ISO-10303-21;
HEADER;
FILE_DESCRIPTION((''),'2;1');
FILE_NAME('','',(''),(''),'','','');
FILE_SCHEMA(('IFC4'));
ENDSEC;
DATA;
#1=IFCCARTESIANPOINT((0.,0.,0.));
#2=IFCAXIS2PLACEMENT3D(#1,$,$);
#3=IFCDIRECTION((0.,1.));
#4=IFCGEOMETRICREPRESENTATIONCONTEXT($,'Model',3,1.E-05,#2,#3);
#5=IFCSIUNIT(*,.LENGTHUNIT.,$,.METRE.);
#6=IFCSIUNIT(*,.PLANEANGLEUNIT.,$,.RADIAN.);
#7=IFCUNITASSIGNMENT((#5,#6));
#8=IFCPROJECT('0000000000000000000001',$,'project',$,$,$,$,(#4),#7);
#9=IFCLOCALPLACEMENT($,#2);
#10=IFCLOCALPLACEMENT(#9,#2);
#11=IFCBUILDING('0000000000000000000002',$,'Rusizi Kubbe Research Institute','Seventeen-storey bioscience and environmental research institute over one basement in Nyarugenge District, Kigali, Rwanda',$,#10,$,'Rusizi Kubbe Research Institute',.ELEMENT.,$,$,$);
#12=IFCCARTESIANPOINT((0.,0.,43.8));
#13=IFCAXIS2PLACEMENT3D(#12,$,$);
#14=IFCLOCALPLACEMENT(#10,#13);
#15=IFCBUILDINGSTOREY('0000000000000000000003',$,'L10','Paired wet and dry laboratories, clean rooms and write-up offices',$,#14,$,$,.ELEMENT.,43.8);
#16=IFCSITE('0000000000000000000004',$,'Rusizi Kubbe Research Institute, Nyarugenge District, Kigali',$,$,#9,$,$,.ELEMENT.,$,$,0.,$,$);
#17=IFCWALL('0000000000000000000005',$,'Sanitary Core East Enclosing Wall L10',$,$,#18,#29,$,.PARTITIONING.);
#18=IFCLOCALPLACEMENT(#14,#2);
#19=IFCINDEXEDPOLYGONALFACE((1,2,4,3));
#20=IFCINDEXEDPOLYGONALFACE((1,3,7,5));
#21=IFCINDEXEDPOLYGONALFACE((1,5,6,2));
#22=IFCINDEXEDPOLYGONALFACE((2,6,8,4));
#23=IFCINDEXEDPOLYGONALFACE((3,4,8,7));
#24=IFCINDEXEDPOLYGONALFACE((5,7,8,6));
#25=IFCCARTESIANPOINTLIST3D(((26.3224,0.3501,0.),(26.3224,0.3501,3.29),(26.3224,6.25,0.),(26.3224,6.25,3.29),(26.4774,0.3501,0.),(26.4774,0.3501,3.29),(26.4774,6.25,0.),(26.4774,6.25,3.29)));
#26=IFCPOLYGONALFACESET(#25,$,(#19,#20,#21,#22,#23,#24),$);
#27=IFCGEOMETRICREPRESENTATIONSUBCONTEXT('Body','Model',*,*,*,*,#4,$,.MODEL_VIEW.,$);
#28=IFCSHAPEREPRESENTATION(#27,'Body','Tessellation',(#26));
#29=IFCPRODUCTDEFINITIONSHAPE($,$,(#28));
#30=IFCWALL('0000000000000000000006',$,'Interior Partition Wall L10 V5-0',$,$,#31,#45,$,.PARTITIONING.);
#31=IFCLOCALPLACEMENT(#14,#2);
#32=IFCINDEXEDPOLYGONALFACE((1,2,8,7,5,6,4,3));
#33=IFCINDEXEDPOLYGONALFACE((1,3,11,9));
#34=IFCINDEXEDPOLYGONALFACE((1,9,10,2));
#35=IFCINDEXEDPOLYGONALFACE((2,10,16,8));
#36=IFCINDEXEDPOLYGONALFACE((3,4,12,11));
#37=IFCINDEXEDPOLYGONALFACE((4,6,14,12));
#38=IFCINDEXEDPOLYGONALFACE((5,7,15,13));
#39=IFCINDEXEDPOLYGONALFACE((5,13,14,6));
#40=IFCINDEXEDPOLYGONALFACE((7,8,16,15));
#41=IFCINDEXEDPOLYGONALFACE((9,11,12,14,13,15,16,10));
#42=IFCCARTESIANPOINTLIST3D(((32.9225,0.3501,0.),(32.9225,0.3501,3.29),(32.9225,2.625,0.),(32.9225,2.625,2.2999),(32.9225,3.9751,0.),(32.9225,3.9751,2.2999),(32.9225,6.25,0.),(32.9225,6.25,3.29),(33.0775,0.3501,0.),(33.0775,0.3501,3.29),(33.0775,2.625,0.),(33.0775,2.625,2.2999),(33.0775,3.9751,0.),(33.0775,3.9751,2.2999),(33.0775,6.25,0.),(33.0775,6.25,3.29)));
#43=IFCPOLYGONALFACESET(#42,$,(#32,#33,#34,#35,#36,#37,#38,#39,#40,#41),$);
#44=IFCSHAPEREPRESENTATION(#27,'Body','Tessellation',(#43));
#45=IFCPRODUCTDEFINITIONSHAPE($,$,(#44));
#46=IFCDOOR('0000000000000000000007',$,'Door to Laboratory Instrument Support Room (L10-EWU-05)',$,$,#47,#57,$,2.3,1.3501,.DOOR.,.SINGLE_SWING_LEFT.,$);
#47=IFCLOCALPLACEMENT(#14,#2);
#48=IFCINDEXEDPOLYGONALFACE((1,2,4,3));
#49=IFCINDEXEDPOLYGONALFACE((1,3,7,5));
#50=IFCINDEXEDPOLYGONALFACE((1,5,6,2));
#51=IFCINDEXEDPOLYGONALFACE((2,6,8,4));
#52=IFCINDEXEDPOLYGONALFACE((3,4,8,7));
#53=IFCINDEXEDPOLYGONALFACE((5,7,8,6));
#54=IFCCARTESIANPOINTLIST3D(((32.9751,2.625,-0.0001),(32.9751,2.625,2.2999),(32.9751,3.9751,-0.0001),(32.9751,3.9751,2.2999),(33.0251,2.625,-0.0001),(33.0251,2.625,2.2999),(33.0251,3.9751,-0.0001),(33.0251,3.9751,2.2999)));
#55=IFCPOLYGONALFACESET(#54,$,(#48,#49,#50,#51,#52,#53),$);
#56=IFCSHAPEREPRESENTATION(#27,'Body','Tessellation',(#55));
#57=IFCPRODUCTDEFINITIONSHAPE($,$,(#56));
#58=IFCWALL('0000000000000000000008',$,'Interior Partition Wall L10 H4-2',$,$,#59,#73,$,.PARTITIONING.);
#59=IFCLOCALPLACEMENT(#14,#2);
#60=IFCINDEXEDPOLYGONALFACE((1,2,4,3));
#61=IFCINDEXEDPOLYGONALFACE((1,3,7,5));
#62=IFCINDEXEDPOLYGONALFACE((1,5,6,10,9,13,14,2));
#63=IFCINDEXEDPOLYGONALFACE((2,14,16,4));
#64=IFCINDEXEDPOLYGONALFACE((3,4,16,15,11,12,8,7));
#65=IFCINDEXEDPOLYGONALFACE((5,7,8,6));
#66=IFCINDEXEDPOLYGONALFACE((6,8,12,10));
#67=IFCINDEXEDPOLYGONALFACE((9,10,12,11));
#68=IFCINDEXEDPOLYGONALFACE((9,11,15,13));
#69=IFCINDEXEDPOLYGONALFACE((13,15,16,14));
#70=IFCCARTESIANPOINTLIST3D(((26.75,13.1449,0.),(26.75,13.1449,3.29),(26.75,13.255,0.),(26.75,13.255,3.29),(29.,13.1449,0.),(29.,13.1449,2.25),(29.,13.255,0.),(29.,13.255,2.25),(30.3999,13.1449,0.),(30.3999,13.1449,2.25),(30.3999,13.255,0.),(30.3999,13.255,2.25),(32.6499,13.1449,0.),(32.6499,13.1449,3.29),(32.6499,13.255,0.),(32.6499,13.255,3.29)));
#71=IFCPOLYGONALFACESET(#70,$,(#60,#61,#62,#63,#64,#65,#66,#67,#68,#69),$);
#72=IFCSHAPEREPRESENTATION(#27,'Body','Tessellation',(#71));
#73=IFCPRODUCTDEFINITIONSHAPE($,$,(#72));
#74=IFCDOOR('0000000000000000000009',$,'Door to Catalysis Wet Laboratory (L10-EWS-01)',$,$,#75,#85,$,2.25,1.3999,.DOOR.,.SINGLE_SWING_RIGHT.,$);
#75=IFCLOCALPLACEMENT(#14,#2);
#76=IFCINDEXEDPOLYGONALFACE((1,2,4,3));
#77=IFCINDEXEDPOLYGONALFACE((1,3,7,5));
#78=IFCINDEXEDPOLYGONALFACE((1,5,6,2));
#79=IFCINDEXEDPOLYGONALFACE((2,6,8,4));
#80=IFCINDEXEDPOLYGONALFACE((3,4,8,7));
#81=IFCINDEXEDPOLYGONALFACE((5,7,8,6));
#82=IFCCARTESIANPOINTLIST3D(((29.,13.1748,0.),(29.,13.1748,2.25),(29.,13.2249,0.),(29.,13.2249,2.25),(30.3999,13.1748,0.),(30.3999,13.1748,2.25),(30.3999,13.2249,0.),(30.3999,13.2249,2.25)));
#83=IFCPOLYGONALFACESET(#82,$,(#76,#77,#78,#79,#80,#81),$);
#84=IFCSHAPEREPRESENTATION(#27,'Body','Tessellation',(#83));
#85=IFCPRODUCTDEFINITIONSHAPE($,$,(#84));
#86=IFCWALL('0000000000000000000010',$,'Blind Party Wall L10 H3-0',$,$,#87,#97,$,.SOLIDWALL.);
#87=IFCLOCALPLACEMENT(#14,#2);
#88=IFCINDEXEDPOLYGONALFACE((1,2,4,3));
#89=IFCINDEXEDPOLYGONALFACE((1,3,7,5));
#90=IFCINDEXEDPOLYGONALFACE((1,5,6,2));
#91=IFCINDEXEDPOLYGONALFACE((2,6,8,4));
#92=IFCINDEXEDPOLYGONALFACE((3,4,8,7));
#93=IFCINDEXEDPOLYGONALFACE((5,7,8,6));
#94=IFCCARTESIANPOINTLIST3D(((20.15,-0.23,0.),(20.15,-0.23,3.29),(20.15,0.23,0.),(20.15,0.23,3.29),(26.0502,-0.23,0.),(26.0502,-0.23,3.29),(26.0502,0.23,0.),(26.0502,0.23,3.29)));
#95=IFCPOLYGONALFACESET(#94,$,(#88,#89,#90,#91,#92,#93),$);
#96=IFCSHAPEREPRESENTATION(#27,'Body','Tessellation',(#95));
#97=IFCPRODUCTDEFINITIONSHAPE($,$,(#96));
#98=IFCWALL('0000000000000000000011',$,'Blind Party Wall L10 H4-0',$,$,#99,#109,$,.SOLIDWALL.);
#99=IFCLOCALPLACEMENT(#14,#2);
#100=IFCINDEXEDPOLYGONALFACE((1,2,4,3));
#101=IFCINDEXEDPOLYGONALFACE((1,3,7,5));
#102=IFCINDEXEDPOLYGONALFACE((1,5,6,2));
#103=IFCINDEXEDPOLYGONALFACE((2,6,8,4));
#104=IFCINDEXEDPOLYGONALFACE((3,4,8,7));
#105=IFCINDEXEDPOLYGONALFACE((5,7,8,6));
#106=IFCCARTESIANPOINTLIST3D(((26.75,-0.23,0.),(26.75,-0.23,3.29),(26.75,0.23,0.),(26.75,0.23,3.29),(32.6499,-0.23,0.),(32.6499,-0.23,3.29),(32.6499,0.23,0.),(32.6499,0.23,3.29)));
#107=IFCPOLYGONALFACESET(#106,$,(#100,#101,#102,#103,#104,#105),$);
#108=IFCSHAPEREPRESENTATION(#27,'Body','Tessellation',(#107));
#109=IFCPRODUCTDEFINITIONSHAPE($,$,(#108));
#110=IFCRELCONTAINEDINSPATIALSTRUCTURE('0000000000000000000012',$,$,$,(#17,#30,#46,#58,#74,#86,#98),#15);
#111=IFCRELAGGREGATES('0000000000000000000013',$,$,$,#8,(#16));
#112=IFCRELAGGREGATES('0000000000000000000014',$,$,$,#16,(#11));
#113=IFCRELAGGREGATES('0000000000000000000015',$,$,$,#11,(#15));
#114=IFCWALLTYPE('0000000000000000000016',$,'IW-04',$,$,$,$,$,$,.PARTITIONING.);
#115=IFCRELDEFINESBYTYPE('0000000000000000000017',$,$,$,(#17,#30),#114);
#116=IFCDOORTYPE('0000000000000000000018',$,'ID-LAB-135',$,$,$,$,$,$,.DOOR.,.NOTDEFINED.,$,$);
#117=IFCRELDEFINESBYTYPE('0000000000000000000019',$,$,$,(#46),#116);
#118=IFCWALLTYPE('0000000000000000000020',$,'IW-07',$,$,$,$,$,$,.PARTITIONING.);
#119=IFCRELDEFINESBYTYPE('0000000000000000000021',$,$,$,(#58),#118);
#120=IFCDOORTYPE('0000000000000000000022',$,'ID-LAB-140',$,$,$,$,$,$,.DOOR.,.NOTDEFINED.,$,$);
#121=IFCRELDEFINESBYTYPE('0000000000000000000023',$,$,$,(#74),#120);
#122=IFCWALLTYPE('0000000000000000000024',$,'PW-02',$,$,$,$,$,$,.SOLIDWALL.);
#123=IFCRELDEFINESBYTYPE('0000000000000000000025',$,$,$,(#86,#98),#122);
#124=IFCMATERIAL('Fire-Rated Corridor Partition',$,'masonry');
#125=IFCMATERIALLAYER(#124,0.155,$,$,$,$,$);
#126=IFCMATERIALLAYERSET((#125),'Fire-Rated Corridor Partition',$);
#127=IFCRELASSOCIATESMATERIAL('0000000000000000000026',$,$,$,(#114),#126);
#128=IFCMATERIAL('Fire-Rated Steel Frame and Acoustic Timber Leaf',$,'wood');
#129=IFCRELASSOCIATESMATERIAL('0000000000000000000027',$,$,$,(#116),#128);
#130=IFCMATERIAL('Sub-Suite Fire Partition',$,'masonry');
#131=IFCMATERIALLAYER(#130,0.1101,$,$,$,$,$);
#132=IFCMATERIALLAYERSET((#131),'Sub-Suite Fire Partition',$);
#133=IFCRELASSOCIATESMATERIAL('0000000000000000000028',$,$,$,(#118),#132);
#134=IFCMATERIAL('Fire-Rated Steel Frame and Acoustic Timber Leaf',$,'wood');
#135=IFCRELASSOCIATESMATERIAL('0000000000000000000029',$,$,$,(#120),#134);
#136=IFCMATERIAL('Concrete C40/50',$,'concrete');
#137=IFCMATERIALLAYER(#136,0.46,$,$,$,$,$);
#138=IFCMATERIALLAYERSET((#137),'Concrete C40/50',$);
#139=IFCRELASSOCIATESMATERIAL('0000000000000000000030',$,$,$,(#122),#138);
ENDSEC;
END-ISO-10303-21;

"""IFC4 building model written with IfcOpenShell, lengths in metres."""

from ifc_helpers import new_model, si_unit, direction, frame, frame_2d, origin, place, context, subcontext, project, spatial, rectangle, extrude, material, layer, layer_set, type_object, element, fill, save


model = new_model("IFC4")

# Units and contexts
model_context = context("Model", 3, precision=1e-05, world=origin(), true_north=direction((0.0, 1.0)))
body_context = subcontext(model_context, "Body", "Model", "MODEL_VIEW")
ifc_project = project(units=[si_unit("LENGTHUNIT", "METRE"), si_unit("PLANEANGLEUNIT", "RADIAN")], contexts=[model_context])

# Site, building, storey
site_placement = place(None, origin())
site = spatial("IfcSite", under=ifc_project, at=site_placement, Name="Rusizi Kubbe Research Institute, Nyarugenge District, Kigali", CompositionType="ELEMENT", RefElevation=0.0)
building_placement = place(site_placement, origin())
building = spatial("IfcBuilding", under=site, at=building_placement, Name="Rusizi Kubbe Research Institute", Description="Seventeen-storey bioscience and environmental research institute over one basement in Nyarugenge District, Kigali, Rwanda", LongName="Rusizi Kubbe Research Institute", CompositionType="ELEMENT")
storey_placement = place(building_placement, frame((0.0, 0.0, 43.8)))
storey = spatial("IfcBuildingStorey", under=building, at=storey_placement, Name="L10", Description="Paired wet and dry laboratories, clean rooms and write-up offices", CompositionType="ELEMENT", Elevation=43.8)

# Wall
ifc_material_1 = material(Name="Fire-Rated Corridor Partition", Category="masonry")
ifc_layer_1 = layer(ifc_material_1, 0.155)
ifc_layer_set_1 = layer_set([ifc_layer_1], Name="Fire-Rated Corridor Partition")
wall_type_1 = type_object("IfcWallType", Name="IW-04", PredefinedType="PARTITIONING", material=ifc_layer_set_1)
wall_1_placement = place(storey_placement, frame((26.3999, 0.3501, 0.0), z_axis=(0.0, 0.0, 1.0), x_axis=(0.0, 1.0, 0.0)))
element("IfcWall", 1, at=wall_1_placement, inside=storey, type_object=wall_type_1, Name="Sanitary Core East Enclosing Wall L10", PredefinedType="PARTITIONING", context=body_context, shape_type="SweptSolid", body=[
    extrude(rectangle(XDim=5.8999, YDim=0.155, at=frame_2d((2.95, 0.0))), origin(), (0.0, 0.0, 1.0), 3.29),
])

# Walls, openings, doors
wall_2_placement = place(storey_placement, frame((33.0, 0.3501, 0.0), z_axis=(0.0, 0.0, 1.0), x_axis=(0.0, 1.0, 0.0)))
wall_2 = element("IfcWall", 2, at=wall_2_placement, inside=storey, type_object=wall_type_1, Name="Interior Partition Wall L10 V5-0", PredefinedType="PARTITIONING", context=body_context, shape_type="SweptSolid", body=[
    extrude(rectangle(XDim=5.8999, YDim=0.155, at=frame_2d((2.95, 0.0))), origin(), (0.0, 0.0, 1.0), 3.29),
])
opening_1_placement = place(wall_2_placement, frame((2.2749, 0.0, 0.0)))
opening_1 = element("IfcOpeningElement", 3, at=opening_1_placement, cuts=wall_2, PredefinedType="OPENING", context=body_context, shape_type="SweptSolid", body=[
    extrude(rectangle(XDim=1.3501, YDim=2.3, at=frame_2d((0.675, 1.1499))), frame((0.0, 0.0874, 0.0), z_axis=(0.0, -1.0, 0.0), x_axis=(1.0, 0.0, 0.0)), (0.0, 0.0, 1.0), 0.175),
])
ifc_material_2 = material(Name="Fire-Rated Steel Frame and Acoustic Timber Leaf", Category="wood")
door_type_1 = type_object("IfcDoorType", Name="ID-LAB-135", OperationType="NOTDEFINED", PredefinedType="DOOR", material=ifc_material_2)
door_1_placement = place(opening_1_placement, origin())
door_1 = element("IfcDoor", 4, at=door_1_placement, inside=storey, type_object=door_type_1, Name="Door to Laboratory Instrument Support Room (L10-EWU-05)", OperationType="SINGLE_SWING_LEFT", OverallHeight=2.3, OverallWidth=1.3501, PredefinedType="DOOR", context=body_context, shape_type="SweptSolid", body=[
    extrude(rectangle(XDim=1.3501, YDim=2.3, at=frame_2d((0.675, 1.1499))), frame((0.0, 0.0249, 0.0), z_axis=(0.0, -1.0, 0.0), x_axis=(1.0, 0.0, 0.0)), (0.0, 0.0, 1.0), 0.05),
])
fill(opening_1, door_1)
ifc_material_3 = material(Name="Sub-Suite Fire Partition", Category="masonry")
ifc_layer_2 = layer(ifc_material_3, 0.1101)
ifc_layer_set_2 = layer_set([ifc_layer_2], Name="Sub-Suite Fire Partition")
wall_type_2 = type_object("IfcWallType", Name="IW-07", PredefinedType="PARTITIONING", material=ifc_layer_set_2)
wall_3_placement = place(storey_placement, frame((26.75, 13.2, 0.0), z_axis=(0.0, 0.0, 1.0), x_axis=(1.0, 0.0, 0.0)))
wall_3 = element("IfcWall", 5, at=wall_3_placement, inside=storey, type_object=wall_type_2, Name="Interior Partition Wall L10 H4-2", PredefinedType="PARTITIONING", context=body_context, shape_type="SweptSolid", body=[
    extrude(rectangle(XDim=5.8999, YDim=0.1101, at=frame_2d((2.95, 0.0))), origin(), (0.0, 0.0, 1.0), 3.29),
])
opening_2_placement = place(wall_3_placement, frame((2.25, 0.0, 0.0)))
opening_2 = element("IfcOpeningElement", 6, at=opening_2_placement, cuts=wall_3, PredefinedType="OPENING", context=body_context, shape_type="SweptSolid", body=[
    extrude(rectangle(XDim=1.3999, YDim=2.25, at=frame_2d((0.7, 1.125))), frame((0.0, 0.0649, 0.0), z_axis=(0.0, -1.0, 0.0), x_axis=(1.0, 0.0, 0.0)), (0.0, 0.0, 1.0), 0.1301),
])
ifc_material_4 = material(Name="Fire-Rated Steel Frame and Acoustic Timber Leaf", Category="wood")
door_type_2 = type_object("IfcDoorType", Name="ID-LAB-140", OperationType="NOTDEFINED", PredefinedType="DOOR", material=ifc_material_4)
door_2_placement = place(opening_2_placement, origin())
door_2 = element("IfcDoor", 7, at=door_2_placement, inside=storey, type_object=door_type_2, Name="Door to Catalysis Wet Laboratory (L10-EWS-01)", OperationType="SINGLE_SWING_RIGHT", OverallHeight=2.25, OverallWidth=1.3999, PredefinedType="DOOR", context=body_context, shape_type="SweptSolid", body=[
    extrude(rectangle(XDim=1.3999, YDim=2.25, at=frame_2d((0.7, 1.125))), frame((0.0, 0.0249, 0.0), z_axis=(0.0, -1.0, 0.0), x_axis=(1.0, 0.0, 0.0)), (0.0, 0.0, 1.0), 0.05),
])
fill(opening_2, door_2)

# Walls
ifc_material_5 = material(Name="Concrete C40/50", Category="concrete")
ifc_layer_3 = layer(ifc_material_5, 0.46)
ifc_layer_set_3 = layer_set([ifc_layer_3], Name="Concrete C40/50")
wall_type_3 = type_object("IfcWallType", Name="PW-02", PredefinedType="SOLIDWALL", material=ifc_layer_set_3)
wall_4_placement = place(storey_placement, frame((20.1499, 0.0, 0.0), z_axis=(0.0, 0.0, 1.0), x_axis=(1.0, 0.0, 0.0)))
element("IfcWall", 8, at=wall_4_placement, inside=storey, type_object=wall_type_3, Name="Blind Party Wall L10 H3-0", PredefinedType="SOLIDWALL", context=body_context, shape_type="SweptSolid", body=[
    extrude(rectangle(XDim=5.9001, YDim=0.46, at=frame_2d((2.9502, 0.0))), origin(), (0.0, 0.0, 1.0), 3.29),
])
wall_5_placement = place(storey_placement, frame((26.75, 0.0, 0.0), z_axis=(0.0, 0.0, 1.0), x_axis=(1.0, 0.0, 0.0)))
element("IfcWall", 9, at=wall_5_placement, inside=storey, type_object=wall_type_3, Name="Blind Party Wall L10 H4-0", PredefinedType="SOLIDWALL", context=body_context, shape_type="SweptSolid", body=[
    extrude(rectangle(XDim=5.8999, YDim=0.46, at=frame_2d((2.95, 0.0))), origin(), (0.0, 0.0, 1.0), 3.29),
])

save(model, "model.ifc")
